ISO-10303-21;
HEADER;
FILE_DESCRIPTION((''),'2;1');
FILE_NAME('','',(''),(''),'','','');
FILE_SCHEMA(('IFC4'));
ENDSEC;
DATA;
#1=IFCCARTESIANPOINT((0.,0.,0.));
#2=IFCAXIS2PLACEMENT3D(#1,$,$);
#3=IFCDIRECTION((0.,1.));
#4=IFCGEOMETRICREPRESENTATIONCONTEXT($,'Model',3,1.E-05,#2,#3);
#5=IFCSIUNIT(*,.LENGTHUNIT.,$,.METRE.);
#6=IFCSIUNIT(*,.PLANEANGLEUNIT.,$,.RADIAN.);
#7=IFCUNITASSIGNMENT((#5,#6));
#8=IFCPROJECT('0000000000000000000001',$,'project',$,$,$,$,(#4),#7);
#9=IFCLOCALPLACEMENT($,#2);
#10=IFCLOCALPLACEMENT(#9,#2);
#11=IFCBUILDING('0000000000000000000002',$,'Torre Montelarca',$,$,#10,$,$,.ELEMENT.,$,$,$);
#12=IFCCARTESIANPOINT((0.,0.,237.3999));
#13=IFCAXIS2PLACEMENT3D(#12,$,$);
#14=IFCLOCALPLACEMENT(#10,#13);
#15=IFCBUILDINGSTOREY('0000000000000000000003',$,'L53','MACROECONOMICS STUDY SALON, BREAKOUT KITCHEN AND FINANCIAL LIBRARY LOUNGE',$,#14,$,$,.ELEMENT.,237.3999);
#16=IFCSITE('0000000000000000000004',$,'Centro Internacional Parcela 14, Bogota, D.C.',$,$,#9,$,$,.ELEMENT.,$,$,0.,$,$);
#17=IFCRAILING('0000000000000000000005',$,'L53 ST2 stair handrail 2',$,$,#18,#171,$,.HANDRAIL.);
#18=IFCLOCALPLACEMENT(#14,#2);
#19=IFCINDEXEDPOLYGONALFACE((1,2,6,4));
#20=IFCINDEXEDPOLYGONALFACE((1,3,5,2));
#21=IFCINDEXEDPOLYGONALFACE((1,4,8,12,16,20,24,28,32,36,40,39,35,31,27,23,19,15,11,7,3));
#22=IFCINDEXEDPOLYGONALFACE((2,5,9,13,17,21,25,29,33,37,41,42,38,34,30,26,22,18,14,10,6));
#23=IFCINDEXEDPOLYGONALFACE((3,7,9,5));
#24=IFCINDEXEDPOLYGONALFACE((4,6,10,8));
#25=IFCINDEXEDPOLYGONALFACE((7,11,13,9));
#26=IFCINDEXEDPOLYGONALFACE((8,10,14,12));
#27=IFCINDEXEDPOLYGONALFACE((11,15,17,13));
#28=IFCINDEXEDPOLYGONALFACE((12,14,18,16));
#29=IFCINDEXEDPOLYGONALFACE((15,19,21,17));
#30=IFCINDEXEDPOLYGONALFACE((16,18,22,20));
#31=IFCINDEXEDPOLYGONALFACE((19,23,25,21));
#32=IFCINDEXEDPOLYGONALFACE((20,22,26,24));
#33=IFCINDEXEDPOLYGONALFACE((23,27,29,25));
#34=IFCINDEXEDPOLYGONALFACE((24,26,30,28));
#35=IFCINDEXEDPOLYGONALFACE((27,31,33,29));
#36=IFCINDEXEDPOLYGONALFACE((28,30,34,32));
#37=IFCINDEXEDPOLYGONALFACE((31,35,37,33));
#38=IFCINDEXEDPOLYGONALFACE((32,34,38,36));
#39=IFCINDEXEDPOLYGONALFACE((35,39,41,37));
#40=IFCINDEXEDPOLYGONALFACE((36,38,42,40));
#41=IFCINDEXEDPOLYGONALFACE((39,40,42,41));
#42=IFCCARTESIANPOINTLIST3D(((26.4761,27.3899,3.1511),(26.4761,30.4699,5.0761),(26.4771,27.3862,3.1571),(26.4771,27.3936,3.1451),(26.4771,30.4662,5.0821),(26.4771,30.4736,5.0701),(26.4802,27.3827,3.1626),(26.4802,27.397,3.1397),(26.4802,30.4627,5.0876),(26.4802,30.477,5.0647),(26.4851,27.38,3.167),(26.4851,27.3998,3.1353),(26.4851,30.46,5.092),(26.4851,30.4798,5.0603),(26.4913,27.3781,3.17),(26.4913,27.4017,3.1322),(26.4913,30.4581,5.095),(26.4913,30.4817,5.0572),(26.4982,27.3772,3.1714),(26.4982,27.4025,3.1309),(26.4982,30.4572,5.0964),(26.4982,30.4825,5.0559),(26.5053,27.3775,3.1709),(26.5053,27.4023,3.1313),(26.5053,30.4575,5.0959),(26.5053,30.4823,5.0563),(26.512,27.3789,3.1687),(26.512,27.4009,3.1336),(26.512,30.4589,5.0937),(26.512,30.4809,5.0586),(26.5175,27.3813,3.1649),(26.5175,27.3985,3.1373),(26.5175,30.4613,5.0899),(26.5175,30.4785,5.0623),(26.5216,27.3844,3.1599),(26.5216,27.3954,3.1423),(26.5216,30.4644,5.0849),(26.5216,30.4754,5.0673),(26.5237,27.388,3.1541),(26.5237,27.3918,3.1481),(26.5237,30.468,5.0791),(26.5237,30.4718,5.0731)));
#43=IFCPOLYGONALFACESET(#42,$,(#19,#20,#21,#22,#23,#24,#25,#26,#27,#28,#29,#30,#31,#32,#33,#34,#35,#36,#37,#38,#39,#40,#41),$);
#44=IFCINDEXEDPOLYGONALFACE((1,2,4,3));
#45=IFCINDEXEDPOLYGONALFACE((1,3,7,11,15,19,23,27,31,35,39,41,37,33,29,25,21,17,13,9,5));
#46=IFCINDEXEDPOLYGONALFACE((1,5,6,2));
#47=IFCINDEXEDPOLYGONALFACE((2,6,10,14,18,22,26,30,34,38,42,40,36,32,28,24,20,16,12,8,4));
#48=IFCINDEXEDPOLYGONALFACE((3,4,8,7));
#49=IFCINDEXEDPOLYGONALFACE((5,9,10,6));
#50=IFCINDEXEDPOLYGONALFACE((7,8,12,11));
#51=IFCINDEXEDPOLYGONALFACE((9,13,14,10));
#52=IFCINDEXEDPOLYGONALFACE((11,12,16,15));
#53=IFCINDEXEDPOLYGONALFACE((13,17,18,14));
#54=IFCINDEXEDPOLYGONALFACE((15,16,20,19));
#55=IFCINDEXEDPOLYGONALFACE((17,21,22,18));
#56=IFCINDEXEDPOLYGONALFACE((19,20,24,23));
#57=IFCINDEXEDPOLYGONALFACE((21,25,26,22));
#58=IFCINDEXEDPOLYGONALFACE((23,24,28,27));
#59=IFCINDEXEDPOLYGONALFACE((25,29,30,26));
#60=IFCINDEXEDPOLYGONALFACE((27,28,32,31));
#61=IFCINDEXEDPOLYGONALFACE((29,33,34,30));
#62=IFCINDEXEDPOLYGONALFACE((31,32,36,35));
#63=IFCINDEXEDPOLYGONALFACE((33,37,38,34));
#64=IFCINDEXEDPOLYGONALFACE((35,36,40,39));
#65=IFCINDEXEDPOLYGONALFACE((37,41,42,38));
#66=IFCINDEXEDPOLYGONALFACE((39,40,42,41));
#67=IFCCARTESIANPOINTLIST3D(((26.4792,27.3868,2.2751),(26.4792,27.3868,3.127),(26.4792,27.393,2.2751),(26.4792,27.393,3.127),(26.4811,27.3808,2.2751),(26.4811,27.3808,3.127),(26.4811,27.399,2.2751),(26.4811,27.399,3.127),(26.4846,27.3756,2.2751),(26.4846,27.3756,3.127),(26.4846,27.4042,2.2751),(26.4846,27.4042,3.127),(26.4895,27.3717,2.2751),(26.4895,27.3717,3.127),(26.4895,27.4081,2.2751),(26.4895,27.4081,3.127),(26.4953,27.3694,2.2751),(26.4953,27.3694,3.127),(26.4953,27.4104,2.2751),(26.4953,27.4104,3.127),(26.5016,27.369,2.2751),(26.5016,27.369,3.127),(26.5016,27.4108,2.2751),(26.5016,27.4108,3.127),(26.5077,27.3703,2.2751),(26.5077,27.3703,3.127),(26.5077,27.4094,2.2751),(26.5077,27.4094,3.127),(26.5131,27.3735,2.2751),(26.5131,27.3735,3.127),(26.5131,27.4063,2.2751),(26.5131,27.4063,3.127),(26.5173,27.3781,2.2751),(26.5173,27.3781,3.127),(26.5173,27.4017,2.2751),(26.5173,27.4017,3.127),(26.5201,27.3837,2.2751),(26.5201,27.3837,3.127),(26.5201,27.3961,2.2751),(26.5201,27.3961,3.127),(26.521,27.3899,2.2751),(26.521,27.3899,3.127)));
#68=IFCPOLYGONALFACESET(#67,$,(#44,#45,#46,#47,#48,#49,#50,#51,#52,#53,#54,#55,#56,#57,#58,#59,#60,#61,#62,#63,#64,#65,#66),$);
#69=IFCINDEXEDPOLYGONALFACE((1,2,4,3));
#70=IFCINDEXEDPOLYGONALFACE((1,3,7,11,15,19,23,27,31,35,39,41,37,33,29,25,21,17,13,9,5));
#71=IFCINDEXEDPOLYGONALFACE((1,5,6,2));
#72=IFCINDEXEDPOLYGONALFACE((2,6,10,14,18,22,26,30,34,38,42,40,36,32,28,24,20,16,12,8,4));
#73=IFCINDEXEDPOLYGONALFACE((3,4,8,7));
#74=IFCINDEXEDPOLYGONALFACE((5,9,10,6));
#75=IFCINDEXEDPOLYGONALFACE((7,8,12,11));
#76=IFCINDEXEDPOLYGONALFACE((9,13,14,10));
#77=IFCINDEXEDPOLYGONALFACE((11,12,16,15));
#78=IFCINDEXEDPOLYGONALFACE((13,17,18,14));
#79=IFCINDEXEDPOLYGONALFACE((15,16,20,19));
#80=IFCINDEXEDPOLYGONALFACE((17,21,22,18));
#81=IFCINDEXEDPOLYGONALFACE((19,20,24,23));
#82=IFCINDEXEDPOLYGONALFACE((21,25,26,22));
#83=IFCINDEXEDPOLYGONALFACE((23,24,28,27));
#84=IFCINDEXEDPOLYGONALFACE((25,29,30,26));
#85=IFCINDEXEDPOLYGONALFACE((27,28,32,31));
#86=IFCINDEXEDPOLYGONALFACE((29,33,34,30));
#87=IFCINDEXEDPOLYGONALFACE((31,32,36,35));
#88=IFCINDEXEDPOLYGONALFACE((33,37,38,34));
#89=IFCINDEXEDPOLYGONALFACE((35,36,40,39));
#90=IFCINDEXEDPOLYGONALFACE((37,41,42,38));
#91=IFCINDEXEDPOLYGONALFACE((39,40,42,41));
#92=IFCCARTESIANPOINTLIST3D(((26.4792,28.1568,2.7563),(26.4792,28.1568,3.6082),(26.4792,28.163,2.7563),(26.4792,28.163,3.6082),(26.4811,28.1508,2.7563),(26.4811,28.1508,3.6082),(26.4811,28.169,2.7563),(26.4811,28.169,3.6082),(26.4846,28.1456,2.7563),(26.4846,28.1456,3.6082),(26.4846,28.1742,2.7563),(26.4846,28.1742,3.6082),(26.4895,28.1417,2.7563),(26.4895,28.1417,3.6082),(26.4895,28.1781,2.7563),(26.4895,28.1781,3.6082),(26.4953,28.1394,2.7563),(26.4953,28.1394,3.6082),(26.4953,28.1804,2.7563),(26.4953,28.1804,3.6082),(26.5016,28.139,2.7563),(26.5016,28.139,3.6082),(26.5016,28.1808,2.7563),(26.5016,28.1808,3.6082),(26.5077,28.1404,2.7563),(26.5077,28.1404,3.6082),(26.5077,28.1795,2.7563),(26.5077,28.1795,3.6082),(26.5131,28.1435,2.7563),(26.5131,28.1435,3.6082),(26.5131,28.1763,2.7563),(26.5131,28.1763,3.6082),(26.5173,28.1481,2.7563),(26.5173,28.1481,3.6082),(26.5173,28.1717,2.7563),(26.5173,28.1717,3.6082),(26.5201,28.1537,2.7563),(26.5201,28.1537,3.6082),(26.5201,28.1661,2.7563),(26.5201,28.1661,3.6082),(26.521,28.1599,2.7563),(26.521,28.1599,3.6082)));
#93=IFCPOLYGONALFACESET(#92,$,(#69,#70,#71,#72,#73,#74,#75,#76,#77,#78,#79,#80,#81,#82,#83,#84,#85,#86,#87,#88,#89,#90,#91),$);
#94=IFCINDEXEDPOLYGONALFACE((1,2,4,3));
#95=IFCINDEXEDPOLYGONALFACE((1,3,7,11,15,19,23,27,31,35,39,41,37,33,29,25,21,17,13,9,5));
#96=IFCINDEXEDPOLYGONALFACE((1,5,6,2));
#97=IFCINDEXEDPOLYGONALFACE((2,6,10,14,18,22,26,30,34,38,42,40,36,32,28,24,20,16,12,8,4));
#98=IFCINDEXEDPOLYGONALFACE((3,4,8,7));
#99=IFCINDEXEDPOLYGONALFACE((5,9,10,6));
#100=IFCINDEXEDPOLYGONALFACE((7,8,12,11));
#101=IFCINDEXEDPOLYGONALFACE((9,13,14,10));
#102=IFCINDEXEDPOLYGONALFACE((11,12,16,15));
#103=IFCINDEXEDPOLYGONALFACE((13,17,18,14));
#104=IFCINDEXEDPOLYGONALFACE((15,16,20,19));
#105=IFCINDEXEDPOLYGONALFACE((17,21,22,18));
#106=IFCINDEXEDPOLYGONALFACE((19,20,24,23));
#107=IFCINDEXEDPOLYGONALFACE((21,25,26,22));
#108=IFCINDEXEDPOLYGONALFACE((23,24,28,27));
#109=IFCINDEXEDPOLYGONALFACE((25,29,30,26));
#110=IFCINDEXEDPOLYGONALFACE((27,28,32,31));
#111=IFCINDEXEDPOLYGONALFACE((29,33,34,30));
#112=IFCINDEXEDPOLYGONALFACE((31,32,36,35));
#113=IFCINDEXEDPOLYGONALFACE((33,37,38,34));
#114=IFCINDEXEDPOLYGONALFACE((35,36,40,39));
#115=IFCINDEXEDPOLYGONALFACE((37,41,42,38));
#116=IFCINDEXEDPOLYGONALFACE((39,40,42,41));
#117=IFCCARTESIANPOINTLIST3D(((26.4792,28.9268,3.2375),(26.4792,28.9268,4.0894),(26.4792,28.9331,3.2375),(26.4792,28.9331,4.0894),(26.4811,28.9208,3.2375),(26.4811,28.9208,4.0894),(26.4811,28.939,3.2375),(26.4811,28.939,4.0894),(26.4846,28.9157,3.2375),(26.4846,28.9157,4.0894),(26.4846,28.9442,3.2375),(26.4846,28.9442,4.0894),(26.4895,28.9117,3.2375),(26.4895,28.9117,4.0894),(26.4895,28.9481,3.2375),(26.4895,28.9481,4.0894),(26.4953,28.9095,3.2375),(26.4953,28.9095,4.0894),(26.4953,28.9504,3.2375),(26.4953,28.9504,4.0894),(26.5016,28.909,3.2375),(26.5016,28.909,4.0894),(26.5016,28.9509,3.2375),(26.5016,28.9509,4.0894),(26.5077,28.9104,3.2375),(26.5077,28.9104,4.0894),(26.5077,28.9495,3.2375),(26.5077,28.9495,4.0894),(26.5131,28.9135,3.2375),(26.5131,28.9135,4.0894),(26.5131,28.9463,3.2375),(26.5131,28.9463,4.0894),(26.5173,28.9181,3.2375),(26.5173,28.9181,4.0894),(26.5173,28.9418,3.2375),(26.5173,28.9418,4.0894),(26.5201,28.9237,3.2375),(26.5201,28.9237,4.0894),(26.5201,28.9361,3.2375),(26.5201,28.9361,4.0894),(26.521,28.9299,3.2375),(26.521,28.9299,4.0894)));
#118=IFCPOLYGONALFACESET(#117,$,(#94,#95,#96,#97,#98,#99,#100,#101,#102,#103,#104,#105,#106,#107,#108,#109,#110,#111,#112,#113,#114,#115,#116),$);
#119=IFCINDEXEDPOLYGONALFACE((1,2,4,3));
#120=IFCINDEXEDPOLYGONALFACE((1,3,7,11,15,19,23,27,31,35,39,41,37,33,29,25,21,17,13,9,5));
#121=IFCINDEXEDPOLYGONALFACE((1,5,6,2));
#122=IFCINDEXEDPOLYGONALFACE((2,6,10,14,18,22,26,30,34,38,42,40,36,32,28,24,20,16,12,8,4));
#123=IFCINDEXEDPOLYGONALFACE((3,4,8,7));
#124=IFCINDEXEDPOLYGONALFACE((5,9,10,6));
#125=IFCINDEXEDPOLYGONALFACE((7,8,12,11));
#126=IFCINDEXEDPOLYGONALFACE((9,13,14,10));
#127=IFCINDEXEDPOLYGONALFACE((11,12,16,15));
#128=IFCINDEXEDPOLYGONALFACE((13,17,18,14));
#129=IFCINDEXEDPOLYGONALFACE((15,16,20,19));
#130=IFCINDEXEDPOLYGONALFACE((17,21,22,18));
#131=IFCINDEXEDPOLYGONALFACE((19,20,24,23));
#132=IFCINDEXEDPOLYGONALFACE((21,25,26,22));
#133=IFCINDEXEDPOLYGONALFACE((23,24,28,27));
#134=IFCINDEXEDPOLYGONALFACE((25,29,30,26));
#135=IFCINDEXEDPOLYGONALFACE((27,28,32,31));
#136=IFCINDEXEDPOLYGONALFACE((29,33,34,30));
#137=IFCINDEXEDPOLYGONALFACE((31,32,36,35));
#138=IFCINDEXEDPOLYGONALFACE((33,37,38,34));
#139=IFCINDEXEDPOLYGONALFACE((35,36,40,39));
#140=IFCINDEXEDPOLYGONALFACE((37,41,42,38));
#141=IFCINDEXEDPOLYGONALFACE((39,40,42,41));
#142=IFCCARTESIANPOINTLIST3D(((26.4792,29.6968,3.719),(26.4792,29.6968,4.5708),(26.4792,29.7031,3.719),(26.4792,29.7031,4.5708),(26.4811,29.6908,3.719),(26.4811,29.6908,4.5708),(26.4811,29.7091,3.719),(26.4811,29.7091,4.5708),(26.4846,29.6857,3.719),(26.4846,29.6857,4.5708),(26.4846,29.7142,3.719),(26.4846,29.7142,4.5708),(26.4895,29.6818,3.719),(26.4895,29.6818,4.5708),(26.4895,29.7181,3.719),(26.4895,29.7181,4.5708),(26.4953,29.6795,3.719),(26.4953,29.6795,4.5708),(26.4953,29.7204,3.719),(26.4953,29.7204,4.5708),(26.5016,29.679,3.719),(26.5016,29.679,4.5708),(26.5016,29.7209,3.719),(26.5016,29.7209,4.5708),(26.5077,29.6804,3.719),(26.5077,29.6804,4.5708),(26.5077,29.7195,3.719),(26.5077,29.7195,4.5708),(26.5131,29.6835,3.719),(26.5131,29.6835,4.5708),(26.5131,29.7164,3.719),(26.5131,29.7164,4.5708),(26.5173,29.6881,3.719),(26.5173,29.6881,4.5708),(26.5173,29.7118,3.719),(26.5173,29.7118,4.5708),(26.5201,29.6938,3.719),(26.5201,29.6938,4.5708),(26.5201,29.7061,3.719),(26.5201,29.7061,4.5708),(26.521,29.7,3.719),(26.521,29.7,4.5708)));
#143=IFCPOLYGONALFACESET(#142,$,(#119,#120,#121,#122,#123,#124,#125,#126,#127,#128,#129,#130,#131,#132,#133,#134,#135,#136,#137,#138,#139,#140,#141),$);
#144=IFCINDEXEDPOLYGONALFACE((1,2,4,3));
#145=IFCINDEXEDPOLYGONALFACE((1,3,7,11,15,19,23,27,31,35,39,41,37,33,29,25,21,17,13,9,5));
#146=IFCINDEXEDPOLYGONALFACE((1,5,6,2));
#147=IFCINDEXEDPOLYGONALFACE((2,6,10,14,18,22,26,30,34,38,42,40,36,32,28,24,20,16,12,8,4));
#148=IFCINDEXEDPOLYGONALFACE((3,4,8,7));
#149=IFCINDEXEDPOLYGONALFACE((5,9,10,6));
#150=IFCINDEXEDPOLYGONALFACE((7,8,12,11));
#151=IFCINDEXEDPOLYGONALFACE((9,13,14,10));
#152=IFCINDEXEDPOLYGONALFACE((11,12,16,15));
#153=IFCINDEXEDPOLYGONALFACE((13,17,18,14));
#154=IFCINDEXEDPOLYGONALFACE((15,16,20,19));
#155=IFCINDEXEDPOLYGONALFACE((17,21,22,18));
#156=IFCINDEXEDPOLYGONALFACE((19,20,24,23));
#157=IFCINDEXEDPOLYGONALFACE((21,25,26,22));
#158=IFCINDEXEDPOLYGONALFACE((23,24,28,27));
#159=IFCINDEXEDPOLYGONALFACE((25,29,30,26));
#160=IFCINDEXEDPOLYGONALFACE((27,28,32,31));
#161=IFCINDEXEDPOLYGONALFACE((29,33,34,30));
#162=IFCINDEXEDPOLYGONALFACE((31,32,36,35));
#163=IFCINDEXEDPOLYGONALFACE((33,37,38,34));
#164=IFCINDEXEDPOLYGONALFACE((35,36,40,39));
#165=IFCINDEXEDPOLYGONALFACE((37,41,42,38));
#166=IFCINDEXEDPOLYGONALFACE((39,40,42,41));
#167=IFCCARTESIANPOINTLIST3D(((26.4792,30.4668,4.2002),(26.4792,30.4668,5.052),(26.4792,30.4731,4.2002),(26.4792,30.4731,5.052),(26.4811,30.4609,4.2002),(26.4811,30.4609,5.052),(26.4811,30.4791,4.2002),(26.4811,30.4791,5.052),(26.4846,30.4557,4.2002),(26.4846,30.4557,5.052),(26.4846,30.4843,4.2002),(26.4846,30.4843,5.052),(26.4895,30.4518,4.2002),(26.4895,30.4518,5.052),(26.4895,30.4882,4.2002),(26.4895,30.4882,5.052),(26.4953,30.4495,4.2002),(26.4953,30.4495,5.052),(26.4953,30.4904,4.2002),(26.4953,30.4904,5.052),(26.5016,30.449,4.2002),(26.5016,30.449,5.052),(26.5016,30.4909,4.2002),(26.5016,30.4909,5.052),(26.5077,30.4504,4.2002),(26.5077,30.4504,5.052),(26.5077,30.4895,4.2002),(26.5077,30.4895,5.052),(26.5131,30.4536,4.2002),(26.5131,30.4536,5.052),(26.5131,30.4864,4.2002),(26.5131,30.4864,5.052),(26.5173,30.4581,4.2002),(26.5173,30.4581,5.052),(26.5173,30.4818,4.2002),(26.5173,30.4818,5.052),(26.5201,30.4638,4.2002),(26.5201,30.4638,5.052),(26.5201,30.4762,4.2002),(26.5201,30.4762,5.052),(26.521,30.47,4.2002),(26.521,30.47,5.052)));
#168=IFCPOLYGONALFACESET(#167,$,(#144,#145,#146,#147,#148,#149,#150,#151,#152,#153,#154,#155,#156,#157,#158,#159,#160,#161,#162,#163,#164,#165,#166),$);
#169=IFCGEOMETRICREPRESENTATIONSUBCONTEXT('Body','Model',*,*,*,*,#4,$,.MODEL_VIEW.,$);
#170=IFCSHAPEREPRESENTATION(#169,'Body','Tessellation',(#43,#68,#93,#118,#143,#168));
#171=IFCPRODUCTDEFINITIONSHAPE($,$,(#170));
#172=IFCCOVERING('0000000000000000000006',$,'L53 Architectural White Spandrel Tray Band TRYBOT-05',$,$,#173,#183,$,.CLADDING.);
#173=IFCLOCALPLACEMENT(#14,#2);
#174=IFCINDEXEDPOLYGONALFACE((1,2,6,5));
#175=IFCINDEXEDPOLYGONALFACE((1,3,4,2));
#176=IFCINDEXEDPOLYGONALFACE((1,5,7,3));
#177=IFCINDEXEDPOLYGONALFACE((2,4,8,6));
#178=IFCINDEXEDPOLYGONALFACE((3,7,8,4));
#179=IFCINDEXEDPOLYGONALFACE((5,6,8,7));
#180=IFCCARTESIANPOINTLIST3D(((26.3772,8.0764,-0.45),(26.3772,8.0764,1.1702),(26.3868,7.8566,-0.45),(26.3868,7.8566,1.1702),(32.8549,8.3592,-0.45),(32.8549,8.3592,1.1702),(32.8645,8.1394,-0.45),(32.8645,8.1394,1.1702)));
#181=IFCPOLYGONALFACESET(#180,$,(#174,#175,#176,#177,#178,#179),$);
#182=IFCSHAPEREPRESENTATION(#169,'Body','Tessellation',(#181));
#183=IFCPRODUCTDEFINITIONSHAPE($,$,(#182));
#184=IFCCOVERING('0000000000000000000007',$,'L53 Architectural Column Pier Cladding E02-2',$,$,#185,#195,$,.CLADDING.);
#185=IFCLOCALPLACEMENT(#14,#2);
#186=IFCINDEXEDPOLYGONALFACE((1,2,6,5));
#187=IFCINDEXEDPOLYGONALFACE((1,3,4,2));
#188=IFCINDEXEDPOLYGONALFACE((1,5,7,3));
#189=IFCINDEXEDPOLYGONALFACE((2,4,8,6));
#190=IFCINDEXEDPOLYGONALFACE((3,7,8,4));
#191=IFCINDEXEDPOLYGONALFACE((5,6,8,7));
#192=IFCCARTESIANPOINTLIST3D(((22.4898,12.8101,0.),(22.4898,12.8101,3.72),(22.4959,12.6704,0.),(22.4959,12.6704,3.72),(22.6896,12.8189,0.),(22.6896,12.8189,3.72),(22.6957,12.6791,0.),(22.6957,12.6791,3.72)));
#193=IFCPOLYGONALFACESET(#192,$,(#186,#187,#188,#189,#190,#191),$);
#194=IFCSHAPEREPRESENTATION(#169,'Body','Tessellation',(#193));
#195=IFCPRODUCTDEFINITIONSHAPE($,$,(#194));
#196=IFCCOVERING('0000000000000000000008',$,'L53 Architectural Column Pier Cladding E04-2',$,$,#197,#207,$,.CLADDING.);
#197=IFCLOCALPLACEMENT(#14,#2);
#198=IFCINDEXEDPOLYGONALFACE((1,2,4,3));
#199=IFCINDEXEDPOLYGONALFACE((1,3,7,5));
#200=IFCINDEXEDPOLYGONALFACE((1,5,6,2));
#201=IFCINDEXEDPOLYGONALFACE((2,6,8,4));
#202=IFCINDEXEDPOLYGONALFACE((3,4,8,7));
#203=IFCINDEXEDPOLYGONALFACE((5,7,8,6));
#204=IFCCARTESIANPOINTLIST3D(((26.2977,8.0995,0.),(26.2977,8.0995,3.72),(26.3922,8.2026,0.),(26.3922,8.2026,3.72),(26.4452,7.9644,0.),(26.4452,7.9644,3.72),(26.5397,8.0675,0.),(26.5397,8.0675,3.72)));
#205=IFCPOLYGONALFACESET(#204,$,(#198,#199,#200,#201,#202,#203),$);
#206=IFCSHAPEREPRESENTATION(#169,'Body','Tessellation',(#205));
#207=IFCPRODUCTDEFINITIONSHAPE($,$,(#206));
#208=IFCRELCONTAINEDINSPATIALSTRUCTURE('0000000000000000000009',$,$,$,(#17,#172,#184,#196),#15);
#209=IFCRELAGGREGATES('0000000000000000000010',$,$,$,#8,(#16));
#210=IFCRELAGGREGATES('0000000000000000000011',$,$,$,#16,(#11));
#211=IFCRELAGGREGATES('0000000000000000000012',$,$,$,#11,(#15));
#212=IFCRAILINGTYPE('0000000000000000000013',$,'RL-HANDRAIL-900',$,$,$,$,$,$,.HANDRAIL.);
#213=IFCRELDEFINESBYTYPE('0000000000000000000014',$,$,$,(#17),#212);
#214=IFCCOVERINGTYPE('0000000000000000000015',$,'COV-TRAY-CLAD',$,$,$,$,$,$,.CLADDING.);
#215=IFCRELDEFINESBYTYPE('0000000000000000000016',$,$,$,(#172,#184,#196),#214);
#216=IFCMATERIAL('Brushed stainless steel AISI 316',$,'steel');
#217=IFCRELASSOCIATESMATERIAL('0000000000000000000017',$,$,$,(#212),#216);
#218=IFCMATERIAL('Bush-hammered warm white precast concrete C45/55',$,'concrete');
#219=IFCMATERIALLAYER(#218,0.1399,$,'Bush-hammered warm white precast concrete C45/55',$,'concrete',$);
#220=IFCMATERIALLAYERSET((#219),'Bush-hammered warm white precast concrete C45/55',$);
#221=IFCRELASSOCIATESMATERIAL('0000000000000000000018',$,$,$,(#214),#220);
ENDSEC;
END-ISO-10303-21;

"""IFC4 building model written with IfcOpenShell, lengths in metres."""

from ifc_helpers import new_model, si_unit, direction, frame, origin, origin_2d, place, context, subcontext, project, spatial, rectangle, circle, extrude, source, transform, mapped, material, layer, layer_set, type_object, element, save


model = new_model("IFC4")

# Units and contexts
model_context = context("Model", 3, precision=1e-05, world=origin(), true_north=direction((0.0, 1.0)))
body_context = subcontext(model_context, "Body", "Model", "MODEL_VIEW")
ifc_project = project(units=[si_unit("LENGTHUNIT", "METRE"), si_unit("PLANEANGLEUNIT", "RADIAN")], contexts=[model_context])

# Site, building, storey
site_placement = place(None, origin())
site = spatial("IfcSite", under=ifc_project, at=site_placement, Name="Centro Internacional Parcela 14, Bogota, D.C.", CompositionType="ELEMENT", RefElevation=0.0)
building_placement = place(site_placement, origin())
building = spatial("IfcBuilding", under=site, at=building_placement, Name="Torre Montelarca", CompositionType="ELEMENT")
storey_placement = place(building_placement, frame((0.0, 0.0, 237.3999)))
storey = spatial("IfcBuildingStorey", under=building, at=storey_placement, Name="L53", Description="MACROECONOMICS STUDY SALON, BREAKOUT KITCHEN AND FINANCIAL LIBRARY LOUNGE", CompositionType="ELEMENT", Elevation=237.3999)

# Railing
ifc_material_1 = material(Name="Brushed stainless steel AISI 316", Category="steel")
railing_type_1 = type_object("IfcRailingType", Name="RL-HANDRAIL-900", PredefinedType="HANDRAIL", material=ifc_material_1)
railing_1_placement = place(storey_placement, frame((26.5, 27.3899, 2.2751)))
element("IfcRailing", 1, at=railing_1_placement, inside=storey, type_object=railing_type_1, Name="L53 ST2 stair handrail 2", PredefinedType="HANDRAIL", context=body_context, shape_type="SweptSolid", body=[
    extrude(circle(Radius=0.0239, at=origin_2d()), frame((0.0, 0.0, 0.876), z_axis=(0.0, 0.847998, 0.529999), x_axis=(-1.0, 0.0, 0.0)), (0.0, 0.0, 1.0), 3.6321),
    extrude(circle(Radius=0.021, at=origin_2d()), origin(), (0.0, 0.0, 1.0), 0.8518),
    extrude(circle(Radius=0.021, at=origin_2d()), frame((0.0, 0.77, 0.4812)), (0.0, 0.0, 1.0), 0.8518),
    extrude(circle(Radius=0.021, at=origin_2d()), frame((0.0, 1.54, 0.9624)), (0.0, 0.0, 1.0), 0.8518),
    extrude(circle(Radius=0.021, at=origin_2d()), frame((0.0, 2.3101, 1.4438)), (0.0, 0.0, 1.0), 0.8518),
    extrude(circle(Radius=0.021, at=origin_2d()), frame((0.0, 3.0801, 1.925)), (0.0, 0.0, 1.0), 0.8518),
])

# Coverings
ifc_material_2 = material(Name="Bush-hammered warm white precast concrete C45/55", Category="concrete")
ifc_layer_1 = layer(ifc_material_2, 0.1399, Name="Bush-hammered warm white precast concrete C45/55", Category="concrete")
ifc_layer_set_1 = layer_set([ifc_layer_1], Name="Bush-hammered warm white precast concrete C45/55")
covering_type = type_object("IfcCoveringType", Name="COV-TRAY-CLAD", PredefinedType="CLADDING", material=ifc_layer_set_1)
shared_shape_1 = source(origin(), body_context, "Body", "SweptSolid", [
    extrude(rectangle(XDim=6.4839, YDim=0.22, at=origin_2d()), origin(), (0.0, 0.0, 1.0), 1.6201),
])
covering_1_placement = place(storey_placement, frame((29.6208, 8.1079, -0.45), z_axis=(0.0, 0.0, 1.0), x_axis=(0.999048, 0.043621, 0.0)))
element("IfcCovering", 2, at=covering_1_placement, inside=storey, type_object=covering_type, Name="L53 Architectural White Spandrel Tray Band TRYBOT-05", PredefinedType="CLADDING", context=body_context, shape_type="MappedRepresentation", body=[
    mapped(shared_shape_1, transform((0.0, 0.0, 0.0), scale=1.0)),
])
shared_shape_2 = source(origin(), body_context, "Body", "SweptSolid", [
    extrude(rectangle(XDim=0.2, YDim=0.1399, at=origin_2d()), origin(), (0.0, 0.0, 1.0), 3.72),
])
for number, where, z_axis, x_axis, name in (
    (3, (22.5928, 12.7446, 0.0), (0.0, 0.0, 1.0), (0.999047, 0.043637, 0.0), "L53 Architectural Column Pier Cladding E02-2"),
    (4, (26.4187, 8.0835, 0.0), (0.0, 0.0, 1.0), (0.737282, -0.675585, 0.0), "L53 Architectural Column Pier Cladding E04-2"),
):
    element("IfcCovering", number, at=place(storey_placement, frame(where, z_axis=z_axis, x_axis=x_axis)), inside=storey, type_object=covering_type, Name=name, PredefinedType="CLADDING", context=body_context, shape_type="MappedRepresentation", body=[
        mapped(shared_shape_2, transform((0.0, 0.0, 0.0), scale=1.0)),
    ])

save(model, "model.ifc")
